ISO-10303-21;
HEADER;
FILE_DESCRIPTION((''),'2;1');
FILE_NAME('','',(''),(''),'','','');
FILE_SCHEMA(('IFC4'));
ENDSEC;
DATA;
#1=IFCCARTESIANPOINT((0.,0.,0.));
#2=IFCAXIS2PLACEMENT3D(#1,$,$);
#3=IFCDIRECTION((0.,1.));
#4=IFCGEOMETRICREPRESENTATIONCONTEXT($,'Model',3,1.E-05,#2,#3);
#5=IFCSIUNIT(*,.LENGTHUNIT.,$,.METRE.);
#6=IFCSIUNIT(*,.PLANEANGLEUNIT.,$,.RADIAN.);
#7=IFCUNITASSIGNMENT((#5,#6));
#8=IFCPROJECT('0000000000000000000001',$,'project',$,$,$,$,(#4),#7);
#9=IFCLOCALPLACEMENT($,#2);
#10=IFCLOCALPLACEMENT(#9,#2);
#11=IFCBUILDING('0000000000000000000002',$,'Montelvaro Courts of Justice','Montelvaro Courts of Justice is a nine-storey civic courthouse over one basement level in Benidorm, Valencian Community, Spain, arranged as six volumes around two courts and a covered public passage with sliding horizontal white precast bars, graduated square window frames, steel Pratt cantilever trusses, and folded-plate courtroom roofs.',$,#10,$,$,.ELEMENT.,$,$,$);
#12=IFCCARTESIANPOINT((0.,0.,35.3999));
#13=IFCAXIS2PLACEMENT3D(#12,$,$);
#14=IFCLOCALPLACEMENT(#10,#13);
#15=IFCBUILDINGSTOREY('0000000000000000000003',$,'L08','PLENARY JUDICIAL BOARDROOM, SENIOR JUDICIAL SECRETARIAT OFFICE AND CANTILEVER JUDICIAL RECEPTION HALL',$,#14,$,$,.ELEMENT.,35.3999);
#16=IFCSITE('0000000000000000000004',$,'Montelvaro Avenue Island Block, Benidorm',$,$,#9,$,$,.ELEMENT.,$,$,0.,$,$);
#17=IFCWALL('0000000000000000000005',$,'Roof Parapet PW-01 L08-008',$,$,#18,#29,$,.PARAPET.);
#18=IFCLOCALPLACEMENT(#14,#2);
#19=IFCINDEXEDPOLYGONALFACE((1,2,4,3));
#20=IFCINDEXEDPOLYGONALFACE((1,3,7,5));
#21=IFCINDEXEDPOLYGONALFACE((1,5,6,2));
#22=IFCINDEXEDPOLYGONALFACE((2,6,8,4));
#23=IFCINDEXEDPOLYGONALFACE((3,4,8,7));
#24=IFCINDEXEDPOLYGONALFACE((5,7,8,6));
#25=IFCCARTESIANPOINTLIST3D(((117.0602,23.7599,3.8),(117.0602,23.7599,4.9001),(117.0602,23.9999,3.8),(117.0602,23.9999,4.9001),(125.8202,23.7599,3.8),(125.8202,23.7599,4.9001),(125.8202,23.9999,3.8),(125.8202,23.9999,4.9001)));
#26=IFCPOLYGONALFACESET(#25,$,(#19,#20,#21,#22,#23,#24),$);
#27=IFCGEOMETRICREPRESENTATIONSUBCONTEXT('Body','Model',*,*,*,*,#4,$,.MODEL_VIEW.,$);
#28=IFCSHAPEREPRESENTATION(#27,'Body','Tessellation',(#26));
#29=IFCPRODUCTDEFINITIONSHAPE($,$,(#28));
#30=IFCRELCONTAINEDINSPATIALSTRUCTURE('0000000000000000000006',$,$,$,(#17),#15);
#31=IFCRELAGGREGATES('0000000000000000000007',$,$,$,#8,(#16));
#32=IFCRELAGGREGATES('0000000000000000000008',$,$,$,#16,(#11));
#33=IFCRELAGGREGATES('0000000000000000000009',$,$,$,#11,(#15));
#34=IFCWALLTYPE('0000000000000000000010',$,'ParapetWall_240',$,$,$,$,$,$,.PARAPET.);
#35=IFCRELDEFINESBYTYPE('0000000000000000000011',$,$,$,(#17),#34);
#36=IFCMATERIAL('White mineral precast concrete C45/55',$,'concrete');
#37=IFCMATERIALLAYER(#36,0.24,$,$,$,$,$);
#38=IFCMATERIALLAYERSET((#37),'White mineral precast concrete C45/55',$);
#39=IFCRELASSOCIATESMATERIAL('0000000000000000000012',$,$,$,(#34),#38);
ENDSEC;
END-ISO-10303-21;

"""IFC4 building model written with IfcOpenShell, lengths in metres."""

from ifc_helpers import new_model, si_unit, direction, frame, frame_2d, origin, place, context, subcontext, project, spatial, rectangle, extrude, material, layer, layer_set, type_object, element, save


model = new_model("IFC4")

# Units and contexts
model_context = context("Model", 3, precision=1e-05, world=origin(), true_north=direction((0.0, 1.0)))
body_context = subcontext(model_context, "Body", "Model", "MODEL_VIEW")
ifc_project = project(units=[si_unit("LENGTHUNIT", "METRE"), si_unit("PLANEANGLEUNIT", "RADIAN")], contexts=[model_context])

# Site, building, storey
site_placement = place(None, origin())
site = spatial("IfcSite", under=ifc_project, at=site_placement, Name="Montelvaro Avenue Island Block, Benidorm", CompositionType="ELEMENT", RefElevation=0.0)
building_placement = place(site_placement, origin())
building = spatial("IfcBuilding", under=site, at=building_placement, Name="Montelvaro Courts of Justice", Description="Montelvaro Courts of Justice is a nine-storey civic courthouse over one basement level in Benidorm, Valencian Community, Spain, arranged as six volumes around two courts and a covered public passage with sliding horizontal white precast bars, graduated square window frames, steel Pratt cantilever trusses, and folded-plate courtroom roofs.", CompositionType="ELEMENT")
storey_placement = place(building_placement, frame((0.0, 0.0, 35.3999)))
storey = spatial("IfcBuildingStorey", under=building, at=storey_placement, Name="L08", Description="PLENARY JUDICIAL BOARDROOM, SENIOR JUDICIAL SECRETARIAT OFFICE AND CANTILEVER JUDICIAL RECEPTION HALL", CompositionType="ELEMENT", Elevation=35.3999)

# Shared definitions
ifc_material_1 = material(Name="White mineral precast concrete C45/55", Category="concrete")

# Wall
ifc_layer_1 = layer(ifc_material_1, 0.24)
ifc_layer_set_1 = layer_set([ifc_layer_1], Name="White mineral precast concrete C45/55")
wall_type_1 = type_object("IfcWallType", Name="ParapetWall_240", PredefinedType="PARAPET", material=ifc_layer_set_1)
wall_1_placement = place(storey_placement, frame((125.8201, 23.8799, 3.8), z_axis=(0.0, 0.0, 1.0), x_axis=(-1.0, 0.0, 0.0)))
element("IfcWall", 1, at=wall_1_placement, inside=storey, type_object=wall_type_1, Name="Roof Parapet PW-01 L08-008", PredefinedType="PARAPET", context=body_context, shape_type="SweptSolid", body=[
    extrude(rectangle(XDim=8.76, YDim=0.24, at=frame_2d((4.3799, 0.0))), origin(), (0.0, 0.0, 1.0), 1.1001),
])

save(model, "model.ifc")
